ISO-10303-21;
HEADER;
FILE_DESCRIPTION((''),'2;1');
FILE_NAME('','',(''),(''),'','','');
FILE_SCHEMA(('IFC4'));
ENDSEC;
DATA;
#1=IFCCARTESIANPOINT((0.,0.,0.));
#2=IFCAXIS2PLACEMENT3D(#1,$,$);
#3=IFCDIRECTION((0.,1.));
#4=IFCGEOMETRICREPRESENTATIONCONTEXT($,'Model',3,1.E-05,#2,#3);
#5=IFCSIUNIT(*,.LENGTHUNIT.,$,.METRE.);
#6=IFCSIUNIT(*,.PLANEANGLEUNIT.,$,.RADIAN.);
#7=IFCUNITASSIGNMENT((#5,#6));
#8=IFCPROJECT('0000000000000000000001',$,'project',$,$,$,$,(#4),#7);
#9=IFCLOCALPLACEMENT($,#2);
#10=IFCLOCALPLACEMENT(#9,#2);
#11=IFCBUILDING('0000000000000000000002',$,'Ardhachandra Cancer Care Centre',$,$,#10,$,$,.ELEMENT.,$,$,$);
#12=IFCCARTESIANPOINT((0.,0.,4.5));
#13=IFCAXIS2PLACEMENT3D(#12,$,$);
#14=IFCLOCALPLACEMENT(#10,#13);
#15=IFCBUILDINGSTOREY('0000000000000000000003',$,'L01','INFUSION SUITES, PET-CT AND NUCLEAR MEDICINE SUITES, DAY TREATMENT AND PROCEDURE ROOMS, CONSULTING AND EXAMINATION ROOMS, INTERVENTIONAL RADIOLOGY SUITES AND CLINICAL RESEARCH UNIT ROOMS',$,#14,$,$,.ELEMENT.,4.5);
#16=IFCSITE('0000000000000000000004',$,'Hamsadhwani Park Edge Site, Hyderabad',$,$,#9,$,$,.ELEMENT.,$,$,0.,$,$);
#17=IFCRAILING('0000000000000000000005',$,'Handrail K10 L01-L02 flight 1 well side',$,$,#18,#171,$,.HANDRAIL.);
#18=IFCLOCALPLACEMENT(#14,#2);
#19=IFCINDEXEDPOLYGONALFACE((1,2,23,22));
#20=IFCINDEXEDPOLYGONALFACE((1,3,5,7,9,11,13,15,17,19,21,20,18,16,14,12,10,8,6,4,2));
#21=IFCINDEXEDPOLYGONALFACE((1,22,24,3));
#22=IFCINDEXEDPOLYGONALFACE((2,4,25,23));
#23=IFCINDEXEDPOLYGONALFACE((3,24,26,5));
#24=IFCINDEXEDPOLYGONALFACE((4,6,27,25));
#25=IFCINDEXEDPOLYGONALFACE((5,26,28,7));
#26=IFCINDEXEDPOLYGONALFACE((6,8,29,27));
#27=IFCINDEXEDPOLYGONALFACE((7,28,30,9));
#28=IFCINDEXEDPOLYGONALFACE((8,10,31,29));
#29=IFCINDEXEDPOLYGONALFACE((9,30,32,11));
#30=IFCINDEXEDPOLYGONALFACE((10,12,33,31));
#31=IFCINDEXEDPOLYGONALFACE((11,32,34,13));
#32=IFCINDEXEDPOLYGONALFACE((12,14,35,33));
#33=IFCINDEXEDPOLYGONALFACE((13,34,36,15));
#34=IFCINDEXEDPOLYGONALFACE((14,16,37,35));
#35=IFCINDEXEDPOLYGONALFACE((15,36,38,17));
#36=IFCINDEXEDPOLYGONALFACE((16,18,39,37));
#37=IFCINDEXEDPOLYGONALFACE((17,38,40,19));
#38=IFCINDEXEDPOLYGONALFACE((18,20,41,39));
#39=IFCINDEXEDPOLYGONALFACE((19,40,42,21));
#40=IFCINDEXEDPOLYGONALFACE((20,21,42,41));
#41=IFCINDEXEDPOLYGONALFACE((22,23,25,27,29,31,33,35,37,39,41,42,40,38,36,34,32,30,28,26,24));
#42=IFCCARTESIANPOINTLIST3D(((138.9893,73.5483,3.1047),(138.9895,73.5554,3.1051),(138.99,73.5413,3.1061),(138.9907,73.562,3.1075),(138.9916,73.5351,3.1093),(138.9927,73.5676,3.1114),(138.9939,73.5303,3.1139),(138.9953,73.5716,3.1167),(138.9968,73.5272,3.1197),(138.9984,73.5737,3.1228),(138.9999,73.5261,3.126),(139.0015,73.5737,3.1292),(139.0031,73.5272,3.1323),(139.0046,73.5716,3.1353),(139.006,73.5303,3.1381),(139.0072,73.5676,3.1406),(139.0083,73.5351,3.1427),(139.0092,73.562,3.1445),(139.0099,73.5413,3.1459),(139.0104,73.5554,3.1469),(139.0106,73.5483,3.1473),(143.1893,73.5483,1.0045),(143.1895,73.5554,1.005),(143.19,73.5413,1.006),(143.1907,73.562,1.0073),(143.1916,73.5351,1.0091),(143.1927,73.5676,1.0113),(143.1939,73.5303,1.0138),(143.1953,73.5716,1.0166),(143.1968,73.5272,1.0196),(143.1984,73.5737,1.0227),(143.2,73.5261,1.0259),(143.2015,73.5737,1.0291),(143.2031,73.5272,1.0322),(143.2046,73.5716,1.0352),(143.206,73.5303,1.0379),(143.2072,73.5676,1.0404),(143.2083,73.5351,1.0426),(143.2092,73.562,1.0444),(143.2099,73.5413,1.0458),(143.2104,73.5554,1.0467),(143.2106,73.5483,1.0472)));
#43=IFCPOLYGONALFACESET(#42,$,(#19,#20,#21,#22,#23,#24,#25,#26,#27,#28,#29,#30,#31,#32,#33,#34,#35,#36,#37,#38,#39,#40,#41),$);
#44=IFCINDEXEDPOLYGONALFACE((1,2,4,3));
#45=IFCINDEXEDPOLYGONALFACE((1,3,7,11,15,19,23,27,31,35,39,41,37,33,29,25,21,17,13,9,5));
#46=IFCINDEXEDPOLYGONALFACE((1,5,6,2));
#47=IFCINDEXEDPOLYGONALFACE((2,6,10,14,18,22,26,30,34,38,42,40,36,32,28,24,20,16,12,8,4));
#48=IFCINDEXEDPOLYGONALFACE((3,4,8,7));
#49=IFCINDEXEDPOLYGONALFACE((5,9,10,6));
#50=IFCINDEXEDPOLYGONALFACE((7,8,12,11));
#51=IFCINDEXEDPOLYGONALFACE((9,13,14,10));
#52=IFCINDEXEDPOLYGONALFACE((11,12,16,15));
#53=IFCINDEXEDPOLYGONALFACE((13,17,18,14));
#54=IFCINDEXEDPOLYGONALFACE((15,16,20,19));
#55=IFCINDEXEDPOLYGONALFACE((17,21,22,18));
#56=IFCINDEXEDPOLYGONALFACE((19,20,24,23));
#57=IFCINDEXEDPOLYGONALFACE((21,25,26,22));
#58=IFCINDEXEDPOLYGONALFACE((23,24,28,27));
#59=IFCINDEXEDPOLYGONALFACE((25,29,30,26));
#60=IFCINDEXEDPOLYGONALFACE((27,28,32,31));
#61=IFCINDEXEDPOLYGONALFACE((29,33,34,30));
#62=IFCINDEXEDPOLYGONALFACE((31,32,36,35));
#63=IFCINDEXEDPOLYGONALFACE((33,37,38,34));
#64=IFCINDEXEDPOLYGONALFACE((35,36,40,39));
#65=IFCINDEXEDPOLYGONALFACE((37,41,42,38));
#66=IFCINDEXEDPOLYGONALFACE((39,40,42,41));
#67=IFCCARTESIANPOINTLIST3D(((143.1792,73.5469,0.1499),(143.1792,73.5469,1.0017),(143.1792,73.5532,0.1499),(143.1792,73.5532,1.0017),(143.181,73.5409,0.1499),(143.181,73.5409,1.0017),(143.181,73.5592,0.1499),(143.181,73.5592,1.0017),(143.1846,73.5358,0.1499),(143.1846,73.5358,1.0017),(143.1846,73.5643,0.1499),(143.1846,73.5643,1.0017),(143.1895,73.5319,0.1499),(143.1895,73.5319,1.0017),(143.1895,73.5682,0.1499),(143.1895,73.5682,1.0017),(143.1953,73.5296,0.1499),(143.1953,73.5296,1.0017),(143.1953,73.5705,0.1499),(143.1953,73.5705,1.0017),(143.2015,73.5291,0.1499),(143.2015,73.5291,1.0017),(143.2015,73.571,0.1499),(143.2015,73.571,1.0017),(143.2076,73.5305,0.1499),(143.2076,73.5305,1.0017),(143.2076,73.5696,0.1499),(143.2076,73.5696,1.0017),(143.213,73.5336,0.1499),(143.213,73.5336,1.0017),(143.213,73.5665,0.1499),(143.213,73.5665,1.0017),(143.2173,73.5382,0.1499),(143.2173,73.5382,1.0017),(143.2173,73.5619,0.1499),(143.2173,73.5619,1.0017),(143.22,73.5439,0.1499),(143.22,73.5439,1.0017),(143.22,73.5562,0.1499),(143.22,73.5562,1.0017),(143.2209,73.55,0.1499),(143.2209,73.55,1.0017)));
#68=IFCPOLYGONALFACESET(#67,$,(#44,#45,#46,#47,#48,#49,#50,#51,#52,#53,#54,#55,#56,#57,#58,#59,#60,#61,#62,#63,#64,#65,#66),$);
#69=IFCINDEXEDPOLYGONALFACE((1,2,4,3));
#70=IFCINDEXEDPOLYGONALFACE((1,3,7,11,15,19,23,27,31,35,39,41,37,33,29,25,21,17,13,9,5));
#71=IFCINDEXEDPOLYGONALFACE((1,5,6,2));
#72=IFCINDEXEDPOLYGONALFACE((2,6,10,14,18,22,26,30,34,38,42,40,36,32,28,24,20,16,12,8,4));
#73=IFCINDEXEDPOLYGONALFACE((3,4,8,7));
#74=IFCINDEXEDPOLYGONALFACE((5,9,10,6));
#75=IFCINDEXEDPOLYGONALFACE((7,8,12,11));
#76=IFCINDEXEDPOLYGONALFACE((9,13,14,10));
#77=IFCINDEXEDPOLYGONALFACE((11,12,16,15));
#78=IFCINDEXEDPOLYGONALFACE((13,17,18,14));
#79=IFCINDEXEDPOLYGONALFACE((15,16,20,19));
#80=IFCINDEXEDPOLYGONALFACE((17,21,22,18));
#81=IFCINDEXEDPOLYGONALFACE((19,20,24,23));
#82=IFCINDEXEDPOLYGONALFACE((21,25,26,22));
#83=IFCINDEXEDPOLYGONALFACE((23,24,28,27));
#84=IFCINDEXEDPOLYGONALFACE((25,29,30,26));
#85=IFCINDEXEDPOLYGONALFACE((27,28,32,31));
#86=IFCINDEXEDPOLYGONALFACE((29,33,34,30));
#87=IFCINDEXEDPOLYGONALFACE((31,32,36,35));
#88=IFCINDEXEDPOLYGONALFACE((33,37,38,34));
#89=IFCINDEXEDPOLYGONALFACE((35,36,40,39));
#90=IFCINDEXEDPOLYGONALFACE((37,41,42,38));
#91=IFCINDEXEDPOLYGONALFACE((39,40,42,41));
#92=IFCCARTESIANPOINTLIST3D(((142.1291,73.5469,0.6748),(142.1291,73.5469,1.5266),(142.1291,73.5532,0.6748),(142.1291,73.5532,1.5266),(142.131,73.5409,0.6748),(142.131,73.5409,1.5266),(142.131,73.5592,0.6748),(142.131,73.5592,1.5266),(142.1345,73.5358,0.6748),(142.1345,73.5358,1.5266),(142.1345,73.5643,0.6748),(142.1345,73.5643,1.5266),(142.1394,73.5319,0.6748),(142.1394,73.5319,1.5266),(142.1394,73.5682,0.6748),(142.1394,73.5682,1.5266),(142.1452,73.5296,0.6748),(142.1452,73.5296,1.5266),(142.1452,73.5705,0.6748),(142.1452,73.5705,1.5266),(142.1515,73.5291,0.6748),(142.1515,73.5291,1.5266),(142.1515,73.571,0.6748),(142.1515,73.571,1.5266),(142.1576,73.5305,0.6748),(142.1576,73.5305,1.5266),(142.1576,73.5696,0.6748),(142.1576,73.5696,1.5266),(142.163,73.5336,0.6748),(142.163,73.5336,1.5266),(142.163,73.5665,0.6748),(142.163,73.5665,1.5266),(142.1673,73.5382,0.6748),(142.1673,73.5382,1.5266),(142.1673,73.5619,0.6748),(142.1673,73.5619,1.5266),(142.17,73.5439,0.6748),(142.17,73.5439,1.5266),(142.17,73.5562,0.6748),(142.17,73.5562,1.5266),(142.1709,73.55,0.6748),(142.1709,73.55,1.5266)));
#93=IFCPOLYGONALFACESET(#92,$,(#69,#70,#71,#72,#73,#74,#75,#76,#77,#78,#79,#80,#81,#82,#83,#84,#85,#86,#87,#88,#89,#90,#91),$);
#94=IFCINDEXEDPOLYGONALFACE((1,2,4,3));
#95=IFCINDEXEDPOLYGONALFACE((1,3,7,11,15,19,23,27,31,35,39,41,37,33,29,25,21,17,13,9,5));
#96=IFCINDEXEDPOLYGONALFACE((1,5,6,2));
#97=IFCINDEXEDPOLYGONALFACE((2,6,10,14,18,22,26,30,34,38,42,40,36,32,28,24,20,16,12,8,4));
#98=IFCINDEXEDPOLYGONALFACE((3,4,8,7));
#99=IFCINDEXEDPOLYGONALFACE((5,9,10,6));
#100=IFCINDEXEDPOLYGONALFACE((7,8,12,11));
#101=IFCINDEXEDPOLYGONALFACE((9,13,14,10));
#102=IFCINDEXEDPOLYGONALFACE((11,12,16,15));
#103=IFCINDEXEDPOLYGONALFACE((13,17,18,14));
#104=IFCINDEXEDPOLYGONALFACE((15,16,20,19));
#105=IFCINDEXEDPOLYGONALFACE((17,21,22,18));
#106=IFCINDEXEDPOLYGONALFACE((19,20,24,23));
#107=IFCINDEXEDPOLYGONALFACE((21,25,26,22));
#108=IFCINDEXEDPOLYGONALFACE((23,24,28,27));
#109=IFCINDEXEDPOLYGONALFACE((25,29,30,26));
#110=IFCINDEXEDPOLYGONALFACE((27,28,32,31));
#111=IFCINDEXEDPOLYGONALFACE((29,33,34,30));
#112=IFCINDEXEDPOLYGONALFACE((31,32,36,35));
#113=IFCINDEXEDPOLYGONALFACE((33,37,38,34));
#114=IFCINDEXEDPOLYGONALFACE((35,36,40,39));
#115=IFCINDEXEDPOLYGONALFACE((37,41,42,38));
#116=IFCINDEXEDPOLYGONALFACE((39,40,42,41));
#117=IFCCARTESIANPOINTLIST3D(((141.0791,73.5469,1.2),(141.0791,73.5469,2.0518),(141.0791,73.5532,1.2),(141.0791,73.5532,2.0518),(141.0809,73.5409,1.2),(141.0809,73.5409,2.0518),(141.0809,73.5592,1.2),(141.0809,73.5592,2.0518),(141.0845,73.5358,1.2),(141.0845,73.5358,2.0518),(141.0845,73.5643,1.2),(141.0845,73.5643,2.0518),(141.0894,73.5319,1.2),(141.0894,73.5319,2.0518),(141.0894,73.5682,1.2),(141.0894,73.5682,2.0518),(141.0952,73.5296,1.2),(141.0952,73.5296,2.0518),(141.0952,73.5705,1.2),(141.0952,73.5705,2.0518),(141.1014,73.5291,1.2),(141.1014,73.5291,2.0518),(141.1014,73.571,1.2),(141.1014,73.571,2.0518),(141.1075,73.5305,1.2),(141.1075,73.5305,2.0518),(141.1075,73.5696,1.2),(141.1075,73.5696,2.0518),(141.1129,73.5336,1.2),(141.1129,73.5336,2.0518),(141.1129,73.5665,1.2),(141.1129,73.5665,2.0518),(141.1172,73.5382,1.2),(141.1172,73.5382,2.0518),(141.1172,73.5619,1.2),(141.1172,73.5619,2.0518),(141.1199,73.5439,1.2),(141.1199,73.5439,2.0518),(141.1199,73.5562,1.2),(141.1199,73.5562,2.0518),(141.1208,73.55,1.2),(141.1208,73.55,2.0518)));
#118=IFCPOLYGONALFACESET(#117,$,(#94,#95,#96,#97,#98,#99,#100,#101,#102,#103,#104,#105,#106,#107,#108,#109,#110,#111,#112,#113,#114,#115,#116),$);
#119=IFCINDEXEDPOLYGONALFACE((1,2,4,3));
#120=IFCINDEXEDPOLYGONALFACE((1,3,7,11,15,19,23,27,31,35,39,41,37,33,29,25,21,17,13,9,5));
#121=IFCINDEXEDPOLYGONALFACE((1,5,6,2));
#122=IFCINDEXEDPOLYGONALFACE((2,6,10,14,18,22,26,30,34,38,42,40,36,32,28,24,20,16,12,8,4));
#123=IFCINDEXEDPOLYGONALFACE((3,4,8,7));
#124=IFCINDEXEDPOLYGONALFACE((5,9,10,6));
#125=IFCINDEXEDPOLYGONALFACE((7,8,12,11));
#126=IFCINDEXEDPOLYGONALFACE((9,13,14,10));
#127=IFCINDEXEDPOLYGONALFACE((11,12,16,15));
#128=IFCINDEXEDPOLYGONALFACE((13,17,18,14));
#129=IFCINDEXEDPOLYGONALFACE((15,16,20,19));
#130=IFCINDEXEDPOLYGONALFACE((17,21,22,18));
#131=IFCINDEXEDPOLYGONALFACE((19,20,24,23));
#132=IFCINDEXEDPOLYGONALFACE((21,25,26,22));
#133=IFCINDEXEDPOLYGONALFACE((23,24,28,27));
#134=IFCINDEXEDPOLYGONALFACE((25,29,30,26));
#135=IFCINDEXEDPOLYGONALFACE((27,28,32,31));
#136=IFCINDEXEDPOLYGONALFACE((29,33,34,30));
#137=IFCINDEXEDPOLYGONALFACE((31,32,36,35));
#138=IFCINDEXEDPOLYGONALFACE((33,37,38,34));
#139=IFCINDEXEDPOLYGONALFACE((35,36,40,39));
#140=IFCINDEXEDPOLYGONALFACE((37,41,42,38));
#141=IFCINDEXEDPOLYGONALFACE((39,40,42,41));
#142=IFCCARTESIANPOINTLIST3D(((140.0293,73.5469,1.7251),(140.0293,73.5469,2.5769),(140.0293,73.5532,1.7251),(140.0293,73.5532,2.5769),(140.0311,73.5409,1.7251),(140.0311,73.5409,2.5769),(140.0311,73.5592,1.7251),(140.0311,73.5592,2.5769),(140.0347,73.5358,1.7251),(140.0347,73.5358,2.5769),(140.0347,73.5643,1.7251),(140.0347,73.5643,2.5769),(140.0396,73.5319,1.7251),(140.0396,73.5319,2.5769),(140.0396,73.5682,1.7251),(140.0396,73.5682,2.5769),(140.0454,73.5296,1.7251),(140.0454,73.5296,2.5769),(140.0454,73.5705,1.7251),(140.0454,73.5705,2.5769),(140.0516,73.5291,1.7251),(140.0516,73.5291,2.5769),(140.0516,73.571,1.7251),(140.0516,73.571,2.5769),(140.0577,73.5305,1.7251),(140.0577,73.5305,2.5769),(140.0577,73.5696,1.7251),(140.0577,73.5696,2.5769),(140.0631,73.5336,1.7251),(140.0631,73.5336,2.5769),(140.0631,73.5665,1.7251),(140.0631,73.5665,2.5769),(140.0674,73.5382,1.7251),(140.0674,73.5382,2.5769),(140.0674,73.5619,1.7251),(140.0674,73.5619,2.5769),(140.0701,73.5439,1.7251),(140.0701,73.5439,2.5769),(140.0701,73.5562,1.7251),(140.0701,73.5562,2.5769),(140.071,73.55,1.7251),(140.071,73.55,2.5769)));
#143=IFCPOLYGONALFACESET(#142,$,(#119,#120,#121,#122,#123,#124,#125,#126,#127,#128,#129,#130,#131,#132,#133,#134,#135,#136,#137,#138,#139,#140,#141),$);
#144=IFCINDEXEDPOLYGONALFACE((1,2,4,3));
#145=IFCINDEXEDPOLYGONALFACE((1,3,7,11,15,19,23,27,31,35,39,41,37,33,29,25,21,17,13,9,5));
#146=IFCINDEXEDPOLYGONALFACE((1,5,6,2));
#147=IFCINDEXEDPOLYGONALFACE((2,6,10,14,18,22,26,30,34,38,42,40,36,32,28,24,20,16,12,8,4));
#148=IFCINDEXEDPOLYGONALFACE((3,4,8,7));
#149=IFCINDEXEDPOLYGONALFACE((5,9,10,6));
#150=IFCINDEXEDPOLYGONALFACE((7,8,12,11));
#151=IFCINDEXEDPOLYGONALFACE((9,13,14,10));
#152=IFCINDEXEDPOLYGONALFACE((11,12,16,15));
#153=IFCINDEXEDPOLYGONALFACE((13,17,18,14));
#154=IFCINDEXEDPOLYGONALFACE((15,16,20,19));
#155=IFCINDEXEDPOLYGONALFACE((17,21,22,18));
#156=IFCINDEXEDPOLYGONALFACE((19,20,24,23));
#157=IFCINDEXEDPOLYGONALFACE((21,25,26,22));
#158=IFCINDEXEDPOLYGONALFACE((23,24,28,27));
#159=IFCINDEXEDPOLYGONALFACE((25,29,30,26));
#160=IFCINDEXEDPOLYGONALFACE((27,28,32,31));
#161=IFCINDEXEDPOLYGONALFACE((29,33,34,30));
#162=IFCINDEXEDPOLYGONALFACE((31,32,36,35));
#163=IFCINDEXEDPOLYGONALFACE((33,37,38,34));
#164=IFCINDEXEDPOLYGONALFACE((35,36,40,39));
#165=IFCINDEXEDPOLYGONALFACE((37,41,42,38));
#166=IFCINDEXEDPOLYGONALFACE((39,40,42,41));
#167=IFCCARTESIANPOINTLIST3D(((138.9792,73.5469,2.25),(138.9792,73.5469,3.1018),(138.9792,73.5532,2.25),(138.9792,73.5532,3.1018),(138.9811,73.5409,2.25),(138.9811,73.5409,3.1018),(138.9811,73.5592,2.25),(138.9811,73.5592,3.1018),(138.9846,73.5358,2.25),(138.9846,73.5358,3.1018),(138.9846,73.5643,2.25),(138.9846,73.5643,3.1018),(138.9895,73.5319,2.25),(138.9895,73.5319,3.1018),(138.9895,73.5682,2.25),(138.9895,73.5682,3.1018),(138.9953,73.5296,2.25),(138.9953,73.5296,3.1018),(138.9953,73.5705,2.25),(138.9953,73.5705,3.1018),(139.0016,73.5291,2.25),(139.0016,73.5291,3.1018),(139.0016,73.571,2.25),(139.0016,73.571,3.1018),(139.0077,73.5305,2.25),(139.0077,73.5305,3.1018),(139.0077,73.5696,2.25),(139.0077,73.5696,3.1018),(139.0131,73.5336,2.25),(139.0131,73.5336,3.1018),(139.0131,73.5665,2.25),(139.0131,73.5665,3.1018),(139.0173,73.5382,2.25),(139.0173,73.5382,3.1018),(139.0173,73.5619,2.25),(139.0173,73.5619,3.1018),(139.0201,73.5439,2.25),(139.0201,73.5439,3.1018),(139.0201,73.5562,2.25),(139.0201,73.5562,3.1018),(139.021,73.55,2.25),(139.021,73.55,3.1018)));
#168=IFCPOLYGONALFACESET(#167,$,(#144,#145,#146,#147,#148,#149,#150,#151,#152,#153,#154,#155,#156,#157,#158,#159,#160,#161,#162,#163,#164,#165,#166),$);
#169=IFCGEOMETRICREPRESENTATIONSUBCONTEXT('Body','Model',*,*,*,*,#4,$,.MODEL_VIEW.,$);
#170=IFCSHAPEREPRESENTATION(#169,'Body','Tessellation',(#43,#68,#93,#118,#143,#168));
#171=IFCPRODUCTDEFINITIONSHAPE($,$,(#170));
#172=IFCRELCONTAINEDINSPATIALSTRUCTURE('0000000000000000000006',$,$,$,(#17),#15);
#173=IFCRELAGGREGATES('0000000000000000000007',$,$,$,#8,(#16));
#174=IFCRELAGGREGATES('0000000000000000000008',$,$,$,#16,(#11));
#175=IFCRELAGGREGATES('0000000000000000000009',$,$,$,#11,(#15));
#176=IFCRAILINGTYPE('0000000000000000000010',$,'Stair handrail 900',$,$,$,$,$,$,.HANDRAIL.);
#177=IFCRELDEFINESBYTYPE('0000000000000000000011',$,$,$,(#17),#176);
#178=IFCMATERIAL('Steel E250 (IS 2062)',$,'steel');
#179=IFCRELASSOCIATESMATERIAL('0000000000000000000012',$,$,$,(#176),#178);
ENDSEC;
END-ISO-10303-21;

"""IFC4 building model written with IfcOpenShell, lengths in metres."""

from ifc_helpers import new_model, si_unit, direction, frame, origin, origin_2d, place, context, subcontext, project, spatial, circle, extrude, material, type_object, element, save


model = new_model("IFC4")

# Units and contexts
model_context = context("Model", 3, precision=1e-05, world=origin(), true_north=direction((0.0, 1.0)))
body_context = subcontext(model_context, "Body", "Model", "MODEL_VIEW")
ifc_project = project(units=[si_unit("LENGTHUNIT", "METRE"), si_unit("PLANEANGLEUNIT", "RADIAN")], contexts=[model_context])

# Site, building, storey
site_placement = place(None, origin())
site = spatial("IfcSite", under=ifc_project, at=site_placement, Name="Hamsadhwani Park Edge Site, Hyderabad", CompositionType="ELEMENT", RefElevation=0.0)
building_placement = place(site_placement, origin())
building = spatial("IfcBuilding", under=site, at=building_placement, Name="Ardhachandra Cancer Care Centre", CompositionType="ELEMENT")
storey_placement = place(building_placement, frame((0.0, 0.0, 4.5)))
storey = spatial("IfcBuildingStorey", under=building, at=storey_placement, Name="L01", Description="INFUSION SUITES, PET-CT AND NUCLEAR MEDICINE SUITES, DAY TREATMENT AND PROCEDURE ROOMS, CONSULTING AND EXAMINATION ROOMS, INTERVENTIONAL RADIOLOGY SUITES AND CLINICAL RESEARCH UNIT ROOMS", CompositionType="ELEMENT", Elevation=4.5)

# Railing
ifc_material_1 = material(Name="Steel E250 (IS 2062)", Category="steel")
railing_type_1 = type_object("IfcRailingType", Name="Stair handrail 900", PredefinedType="HANDRAIL", material=ifc_material_1)
for number, where, name in (
    (1, (143.2, 73.55, 0.1499), "Handrail K10 L01-L02 flight 1 well side"),
):
    element("IfcRailing", number, at=place(storey_placement, frame(where)), inside=storey, type_object=railing_type_1, Name=name, PredefinedType="HANDRAIL", context=body_context, shape_type="SweptSolid", body=[
        extrude(circle(Radius=0.0239, at=origin_2d()), frame((0.0, 0.0, 0.876), z_axis=(-0.894417, 0.0, 0.447234), x_axis=(0.0, -1.0, 0.0)), (0.0, 0.0, 1.0), 4.6958),
        extrude(circle(Radius=0.021, at=origin_2d()), origin(), (0.0, 0.0, 1.0), 0.8518),
        extrude(circle(Radius=0.021, at=origin_2d()), frame((-1.05, 0.0, 0.5249)), (0.0, 0.0, 1.0), 0.8518),
        extrude(circle(Radius=0.021, at=origin_2d()), frame((-2.1001, 0.0, 1.05)), (0.0, 0.0, 1.0), 0.8518),
        extrude(circle(Radius=0.021, at=origin_2d()), frame((-3.1499, 0.0, 1.5752)), (0.0, 0.0, 1.0), 0.8518),
        extrude(circle(Radius=0.021, at=origin_2d()), frame((-4.2, 0.0, 2.1001)), (0.0, 0.0, 1.0), 0.8518),
    ])

save(model, "model.ifc")
